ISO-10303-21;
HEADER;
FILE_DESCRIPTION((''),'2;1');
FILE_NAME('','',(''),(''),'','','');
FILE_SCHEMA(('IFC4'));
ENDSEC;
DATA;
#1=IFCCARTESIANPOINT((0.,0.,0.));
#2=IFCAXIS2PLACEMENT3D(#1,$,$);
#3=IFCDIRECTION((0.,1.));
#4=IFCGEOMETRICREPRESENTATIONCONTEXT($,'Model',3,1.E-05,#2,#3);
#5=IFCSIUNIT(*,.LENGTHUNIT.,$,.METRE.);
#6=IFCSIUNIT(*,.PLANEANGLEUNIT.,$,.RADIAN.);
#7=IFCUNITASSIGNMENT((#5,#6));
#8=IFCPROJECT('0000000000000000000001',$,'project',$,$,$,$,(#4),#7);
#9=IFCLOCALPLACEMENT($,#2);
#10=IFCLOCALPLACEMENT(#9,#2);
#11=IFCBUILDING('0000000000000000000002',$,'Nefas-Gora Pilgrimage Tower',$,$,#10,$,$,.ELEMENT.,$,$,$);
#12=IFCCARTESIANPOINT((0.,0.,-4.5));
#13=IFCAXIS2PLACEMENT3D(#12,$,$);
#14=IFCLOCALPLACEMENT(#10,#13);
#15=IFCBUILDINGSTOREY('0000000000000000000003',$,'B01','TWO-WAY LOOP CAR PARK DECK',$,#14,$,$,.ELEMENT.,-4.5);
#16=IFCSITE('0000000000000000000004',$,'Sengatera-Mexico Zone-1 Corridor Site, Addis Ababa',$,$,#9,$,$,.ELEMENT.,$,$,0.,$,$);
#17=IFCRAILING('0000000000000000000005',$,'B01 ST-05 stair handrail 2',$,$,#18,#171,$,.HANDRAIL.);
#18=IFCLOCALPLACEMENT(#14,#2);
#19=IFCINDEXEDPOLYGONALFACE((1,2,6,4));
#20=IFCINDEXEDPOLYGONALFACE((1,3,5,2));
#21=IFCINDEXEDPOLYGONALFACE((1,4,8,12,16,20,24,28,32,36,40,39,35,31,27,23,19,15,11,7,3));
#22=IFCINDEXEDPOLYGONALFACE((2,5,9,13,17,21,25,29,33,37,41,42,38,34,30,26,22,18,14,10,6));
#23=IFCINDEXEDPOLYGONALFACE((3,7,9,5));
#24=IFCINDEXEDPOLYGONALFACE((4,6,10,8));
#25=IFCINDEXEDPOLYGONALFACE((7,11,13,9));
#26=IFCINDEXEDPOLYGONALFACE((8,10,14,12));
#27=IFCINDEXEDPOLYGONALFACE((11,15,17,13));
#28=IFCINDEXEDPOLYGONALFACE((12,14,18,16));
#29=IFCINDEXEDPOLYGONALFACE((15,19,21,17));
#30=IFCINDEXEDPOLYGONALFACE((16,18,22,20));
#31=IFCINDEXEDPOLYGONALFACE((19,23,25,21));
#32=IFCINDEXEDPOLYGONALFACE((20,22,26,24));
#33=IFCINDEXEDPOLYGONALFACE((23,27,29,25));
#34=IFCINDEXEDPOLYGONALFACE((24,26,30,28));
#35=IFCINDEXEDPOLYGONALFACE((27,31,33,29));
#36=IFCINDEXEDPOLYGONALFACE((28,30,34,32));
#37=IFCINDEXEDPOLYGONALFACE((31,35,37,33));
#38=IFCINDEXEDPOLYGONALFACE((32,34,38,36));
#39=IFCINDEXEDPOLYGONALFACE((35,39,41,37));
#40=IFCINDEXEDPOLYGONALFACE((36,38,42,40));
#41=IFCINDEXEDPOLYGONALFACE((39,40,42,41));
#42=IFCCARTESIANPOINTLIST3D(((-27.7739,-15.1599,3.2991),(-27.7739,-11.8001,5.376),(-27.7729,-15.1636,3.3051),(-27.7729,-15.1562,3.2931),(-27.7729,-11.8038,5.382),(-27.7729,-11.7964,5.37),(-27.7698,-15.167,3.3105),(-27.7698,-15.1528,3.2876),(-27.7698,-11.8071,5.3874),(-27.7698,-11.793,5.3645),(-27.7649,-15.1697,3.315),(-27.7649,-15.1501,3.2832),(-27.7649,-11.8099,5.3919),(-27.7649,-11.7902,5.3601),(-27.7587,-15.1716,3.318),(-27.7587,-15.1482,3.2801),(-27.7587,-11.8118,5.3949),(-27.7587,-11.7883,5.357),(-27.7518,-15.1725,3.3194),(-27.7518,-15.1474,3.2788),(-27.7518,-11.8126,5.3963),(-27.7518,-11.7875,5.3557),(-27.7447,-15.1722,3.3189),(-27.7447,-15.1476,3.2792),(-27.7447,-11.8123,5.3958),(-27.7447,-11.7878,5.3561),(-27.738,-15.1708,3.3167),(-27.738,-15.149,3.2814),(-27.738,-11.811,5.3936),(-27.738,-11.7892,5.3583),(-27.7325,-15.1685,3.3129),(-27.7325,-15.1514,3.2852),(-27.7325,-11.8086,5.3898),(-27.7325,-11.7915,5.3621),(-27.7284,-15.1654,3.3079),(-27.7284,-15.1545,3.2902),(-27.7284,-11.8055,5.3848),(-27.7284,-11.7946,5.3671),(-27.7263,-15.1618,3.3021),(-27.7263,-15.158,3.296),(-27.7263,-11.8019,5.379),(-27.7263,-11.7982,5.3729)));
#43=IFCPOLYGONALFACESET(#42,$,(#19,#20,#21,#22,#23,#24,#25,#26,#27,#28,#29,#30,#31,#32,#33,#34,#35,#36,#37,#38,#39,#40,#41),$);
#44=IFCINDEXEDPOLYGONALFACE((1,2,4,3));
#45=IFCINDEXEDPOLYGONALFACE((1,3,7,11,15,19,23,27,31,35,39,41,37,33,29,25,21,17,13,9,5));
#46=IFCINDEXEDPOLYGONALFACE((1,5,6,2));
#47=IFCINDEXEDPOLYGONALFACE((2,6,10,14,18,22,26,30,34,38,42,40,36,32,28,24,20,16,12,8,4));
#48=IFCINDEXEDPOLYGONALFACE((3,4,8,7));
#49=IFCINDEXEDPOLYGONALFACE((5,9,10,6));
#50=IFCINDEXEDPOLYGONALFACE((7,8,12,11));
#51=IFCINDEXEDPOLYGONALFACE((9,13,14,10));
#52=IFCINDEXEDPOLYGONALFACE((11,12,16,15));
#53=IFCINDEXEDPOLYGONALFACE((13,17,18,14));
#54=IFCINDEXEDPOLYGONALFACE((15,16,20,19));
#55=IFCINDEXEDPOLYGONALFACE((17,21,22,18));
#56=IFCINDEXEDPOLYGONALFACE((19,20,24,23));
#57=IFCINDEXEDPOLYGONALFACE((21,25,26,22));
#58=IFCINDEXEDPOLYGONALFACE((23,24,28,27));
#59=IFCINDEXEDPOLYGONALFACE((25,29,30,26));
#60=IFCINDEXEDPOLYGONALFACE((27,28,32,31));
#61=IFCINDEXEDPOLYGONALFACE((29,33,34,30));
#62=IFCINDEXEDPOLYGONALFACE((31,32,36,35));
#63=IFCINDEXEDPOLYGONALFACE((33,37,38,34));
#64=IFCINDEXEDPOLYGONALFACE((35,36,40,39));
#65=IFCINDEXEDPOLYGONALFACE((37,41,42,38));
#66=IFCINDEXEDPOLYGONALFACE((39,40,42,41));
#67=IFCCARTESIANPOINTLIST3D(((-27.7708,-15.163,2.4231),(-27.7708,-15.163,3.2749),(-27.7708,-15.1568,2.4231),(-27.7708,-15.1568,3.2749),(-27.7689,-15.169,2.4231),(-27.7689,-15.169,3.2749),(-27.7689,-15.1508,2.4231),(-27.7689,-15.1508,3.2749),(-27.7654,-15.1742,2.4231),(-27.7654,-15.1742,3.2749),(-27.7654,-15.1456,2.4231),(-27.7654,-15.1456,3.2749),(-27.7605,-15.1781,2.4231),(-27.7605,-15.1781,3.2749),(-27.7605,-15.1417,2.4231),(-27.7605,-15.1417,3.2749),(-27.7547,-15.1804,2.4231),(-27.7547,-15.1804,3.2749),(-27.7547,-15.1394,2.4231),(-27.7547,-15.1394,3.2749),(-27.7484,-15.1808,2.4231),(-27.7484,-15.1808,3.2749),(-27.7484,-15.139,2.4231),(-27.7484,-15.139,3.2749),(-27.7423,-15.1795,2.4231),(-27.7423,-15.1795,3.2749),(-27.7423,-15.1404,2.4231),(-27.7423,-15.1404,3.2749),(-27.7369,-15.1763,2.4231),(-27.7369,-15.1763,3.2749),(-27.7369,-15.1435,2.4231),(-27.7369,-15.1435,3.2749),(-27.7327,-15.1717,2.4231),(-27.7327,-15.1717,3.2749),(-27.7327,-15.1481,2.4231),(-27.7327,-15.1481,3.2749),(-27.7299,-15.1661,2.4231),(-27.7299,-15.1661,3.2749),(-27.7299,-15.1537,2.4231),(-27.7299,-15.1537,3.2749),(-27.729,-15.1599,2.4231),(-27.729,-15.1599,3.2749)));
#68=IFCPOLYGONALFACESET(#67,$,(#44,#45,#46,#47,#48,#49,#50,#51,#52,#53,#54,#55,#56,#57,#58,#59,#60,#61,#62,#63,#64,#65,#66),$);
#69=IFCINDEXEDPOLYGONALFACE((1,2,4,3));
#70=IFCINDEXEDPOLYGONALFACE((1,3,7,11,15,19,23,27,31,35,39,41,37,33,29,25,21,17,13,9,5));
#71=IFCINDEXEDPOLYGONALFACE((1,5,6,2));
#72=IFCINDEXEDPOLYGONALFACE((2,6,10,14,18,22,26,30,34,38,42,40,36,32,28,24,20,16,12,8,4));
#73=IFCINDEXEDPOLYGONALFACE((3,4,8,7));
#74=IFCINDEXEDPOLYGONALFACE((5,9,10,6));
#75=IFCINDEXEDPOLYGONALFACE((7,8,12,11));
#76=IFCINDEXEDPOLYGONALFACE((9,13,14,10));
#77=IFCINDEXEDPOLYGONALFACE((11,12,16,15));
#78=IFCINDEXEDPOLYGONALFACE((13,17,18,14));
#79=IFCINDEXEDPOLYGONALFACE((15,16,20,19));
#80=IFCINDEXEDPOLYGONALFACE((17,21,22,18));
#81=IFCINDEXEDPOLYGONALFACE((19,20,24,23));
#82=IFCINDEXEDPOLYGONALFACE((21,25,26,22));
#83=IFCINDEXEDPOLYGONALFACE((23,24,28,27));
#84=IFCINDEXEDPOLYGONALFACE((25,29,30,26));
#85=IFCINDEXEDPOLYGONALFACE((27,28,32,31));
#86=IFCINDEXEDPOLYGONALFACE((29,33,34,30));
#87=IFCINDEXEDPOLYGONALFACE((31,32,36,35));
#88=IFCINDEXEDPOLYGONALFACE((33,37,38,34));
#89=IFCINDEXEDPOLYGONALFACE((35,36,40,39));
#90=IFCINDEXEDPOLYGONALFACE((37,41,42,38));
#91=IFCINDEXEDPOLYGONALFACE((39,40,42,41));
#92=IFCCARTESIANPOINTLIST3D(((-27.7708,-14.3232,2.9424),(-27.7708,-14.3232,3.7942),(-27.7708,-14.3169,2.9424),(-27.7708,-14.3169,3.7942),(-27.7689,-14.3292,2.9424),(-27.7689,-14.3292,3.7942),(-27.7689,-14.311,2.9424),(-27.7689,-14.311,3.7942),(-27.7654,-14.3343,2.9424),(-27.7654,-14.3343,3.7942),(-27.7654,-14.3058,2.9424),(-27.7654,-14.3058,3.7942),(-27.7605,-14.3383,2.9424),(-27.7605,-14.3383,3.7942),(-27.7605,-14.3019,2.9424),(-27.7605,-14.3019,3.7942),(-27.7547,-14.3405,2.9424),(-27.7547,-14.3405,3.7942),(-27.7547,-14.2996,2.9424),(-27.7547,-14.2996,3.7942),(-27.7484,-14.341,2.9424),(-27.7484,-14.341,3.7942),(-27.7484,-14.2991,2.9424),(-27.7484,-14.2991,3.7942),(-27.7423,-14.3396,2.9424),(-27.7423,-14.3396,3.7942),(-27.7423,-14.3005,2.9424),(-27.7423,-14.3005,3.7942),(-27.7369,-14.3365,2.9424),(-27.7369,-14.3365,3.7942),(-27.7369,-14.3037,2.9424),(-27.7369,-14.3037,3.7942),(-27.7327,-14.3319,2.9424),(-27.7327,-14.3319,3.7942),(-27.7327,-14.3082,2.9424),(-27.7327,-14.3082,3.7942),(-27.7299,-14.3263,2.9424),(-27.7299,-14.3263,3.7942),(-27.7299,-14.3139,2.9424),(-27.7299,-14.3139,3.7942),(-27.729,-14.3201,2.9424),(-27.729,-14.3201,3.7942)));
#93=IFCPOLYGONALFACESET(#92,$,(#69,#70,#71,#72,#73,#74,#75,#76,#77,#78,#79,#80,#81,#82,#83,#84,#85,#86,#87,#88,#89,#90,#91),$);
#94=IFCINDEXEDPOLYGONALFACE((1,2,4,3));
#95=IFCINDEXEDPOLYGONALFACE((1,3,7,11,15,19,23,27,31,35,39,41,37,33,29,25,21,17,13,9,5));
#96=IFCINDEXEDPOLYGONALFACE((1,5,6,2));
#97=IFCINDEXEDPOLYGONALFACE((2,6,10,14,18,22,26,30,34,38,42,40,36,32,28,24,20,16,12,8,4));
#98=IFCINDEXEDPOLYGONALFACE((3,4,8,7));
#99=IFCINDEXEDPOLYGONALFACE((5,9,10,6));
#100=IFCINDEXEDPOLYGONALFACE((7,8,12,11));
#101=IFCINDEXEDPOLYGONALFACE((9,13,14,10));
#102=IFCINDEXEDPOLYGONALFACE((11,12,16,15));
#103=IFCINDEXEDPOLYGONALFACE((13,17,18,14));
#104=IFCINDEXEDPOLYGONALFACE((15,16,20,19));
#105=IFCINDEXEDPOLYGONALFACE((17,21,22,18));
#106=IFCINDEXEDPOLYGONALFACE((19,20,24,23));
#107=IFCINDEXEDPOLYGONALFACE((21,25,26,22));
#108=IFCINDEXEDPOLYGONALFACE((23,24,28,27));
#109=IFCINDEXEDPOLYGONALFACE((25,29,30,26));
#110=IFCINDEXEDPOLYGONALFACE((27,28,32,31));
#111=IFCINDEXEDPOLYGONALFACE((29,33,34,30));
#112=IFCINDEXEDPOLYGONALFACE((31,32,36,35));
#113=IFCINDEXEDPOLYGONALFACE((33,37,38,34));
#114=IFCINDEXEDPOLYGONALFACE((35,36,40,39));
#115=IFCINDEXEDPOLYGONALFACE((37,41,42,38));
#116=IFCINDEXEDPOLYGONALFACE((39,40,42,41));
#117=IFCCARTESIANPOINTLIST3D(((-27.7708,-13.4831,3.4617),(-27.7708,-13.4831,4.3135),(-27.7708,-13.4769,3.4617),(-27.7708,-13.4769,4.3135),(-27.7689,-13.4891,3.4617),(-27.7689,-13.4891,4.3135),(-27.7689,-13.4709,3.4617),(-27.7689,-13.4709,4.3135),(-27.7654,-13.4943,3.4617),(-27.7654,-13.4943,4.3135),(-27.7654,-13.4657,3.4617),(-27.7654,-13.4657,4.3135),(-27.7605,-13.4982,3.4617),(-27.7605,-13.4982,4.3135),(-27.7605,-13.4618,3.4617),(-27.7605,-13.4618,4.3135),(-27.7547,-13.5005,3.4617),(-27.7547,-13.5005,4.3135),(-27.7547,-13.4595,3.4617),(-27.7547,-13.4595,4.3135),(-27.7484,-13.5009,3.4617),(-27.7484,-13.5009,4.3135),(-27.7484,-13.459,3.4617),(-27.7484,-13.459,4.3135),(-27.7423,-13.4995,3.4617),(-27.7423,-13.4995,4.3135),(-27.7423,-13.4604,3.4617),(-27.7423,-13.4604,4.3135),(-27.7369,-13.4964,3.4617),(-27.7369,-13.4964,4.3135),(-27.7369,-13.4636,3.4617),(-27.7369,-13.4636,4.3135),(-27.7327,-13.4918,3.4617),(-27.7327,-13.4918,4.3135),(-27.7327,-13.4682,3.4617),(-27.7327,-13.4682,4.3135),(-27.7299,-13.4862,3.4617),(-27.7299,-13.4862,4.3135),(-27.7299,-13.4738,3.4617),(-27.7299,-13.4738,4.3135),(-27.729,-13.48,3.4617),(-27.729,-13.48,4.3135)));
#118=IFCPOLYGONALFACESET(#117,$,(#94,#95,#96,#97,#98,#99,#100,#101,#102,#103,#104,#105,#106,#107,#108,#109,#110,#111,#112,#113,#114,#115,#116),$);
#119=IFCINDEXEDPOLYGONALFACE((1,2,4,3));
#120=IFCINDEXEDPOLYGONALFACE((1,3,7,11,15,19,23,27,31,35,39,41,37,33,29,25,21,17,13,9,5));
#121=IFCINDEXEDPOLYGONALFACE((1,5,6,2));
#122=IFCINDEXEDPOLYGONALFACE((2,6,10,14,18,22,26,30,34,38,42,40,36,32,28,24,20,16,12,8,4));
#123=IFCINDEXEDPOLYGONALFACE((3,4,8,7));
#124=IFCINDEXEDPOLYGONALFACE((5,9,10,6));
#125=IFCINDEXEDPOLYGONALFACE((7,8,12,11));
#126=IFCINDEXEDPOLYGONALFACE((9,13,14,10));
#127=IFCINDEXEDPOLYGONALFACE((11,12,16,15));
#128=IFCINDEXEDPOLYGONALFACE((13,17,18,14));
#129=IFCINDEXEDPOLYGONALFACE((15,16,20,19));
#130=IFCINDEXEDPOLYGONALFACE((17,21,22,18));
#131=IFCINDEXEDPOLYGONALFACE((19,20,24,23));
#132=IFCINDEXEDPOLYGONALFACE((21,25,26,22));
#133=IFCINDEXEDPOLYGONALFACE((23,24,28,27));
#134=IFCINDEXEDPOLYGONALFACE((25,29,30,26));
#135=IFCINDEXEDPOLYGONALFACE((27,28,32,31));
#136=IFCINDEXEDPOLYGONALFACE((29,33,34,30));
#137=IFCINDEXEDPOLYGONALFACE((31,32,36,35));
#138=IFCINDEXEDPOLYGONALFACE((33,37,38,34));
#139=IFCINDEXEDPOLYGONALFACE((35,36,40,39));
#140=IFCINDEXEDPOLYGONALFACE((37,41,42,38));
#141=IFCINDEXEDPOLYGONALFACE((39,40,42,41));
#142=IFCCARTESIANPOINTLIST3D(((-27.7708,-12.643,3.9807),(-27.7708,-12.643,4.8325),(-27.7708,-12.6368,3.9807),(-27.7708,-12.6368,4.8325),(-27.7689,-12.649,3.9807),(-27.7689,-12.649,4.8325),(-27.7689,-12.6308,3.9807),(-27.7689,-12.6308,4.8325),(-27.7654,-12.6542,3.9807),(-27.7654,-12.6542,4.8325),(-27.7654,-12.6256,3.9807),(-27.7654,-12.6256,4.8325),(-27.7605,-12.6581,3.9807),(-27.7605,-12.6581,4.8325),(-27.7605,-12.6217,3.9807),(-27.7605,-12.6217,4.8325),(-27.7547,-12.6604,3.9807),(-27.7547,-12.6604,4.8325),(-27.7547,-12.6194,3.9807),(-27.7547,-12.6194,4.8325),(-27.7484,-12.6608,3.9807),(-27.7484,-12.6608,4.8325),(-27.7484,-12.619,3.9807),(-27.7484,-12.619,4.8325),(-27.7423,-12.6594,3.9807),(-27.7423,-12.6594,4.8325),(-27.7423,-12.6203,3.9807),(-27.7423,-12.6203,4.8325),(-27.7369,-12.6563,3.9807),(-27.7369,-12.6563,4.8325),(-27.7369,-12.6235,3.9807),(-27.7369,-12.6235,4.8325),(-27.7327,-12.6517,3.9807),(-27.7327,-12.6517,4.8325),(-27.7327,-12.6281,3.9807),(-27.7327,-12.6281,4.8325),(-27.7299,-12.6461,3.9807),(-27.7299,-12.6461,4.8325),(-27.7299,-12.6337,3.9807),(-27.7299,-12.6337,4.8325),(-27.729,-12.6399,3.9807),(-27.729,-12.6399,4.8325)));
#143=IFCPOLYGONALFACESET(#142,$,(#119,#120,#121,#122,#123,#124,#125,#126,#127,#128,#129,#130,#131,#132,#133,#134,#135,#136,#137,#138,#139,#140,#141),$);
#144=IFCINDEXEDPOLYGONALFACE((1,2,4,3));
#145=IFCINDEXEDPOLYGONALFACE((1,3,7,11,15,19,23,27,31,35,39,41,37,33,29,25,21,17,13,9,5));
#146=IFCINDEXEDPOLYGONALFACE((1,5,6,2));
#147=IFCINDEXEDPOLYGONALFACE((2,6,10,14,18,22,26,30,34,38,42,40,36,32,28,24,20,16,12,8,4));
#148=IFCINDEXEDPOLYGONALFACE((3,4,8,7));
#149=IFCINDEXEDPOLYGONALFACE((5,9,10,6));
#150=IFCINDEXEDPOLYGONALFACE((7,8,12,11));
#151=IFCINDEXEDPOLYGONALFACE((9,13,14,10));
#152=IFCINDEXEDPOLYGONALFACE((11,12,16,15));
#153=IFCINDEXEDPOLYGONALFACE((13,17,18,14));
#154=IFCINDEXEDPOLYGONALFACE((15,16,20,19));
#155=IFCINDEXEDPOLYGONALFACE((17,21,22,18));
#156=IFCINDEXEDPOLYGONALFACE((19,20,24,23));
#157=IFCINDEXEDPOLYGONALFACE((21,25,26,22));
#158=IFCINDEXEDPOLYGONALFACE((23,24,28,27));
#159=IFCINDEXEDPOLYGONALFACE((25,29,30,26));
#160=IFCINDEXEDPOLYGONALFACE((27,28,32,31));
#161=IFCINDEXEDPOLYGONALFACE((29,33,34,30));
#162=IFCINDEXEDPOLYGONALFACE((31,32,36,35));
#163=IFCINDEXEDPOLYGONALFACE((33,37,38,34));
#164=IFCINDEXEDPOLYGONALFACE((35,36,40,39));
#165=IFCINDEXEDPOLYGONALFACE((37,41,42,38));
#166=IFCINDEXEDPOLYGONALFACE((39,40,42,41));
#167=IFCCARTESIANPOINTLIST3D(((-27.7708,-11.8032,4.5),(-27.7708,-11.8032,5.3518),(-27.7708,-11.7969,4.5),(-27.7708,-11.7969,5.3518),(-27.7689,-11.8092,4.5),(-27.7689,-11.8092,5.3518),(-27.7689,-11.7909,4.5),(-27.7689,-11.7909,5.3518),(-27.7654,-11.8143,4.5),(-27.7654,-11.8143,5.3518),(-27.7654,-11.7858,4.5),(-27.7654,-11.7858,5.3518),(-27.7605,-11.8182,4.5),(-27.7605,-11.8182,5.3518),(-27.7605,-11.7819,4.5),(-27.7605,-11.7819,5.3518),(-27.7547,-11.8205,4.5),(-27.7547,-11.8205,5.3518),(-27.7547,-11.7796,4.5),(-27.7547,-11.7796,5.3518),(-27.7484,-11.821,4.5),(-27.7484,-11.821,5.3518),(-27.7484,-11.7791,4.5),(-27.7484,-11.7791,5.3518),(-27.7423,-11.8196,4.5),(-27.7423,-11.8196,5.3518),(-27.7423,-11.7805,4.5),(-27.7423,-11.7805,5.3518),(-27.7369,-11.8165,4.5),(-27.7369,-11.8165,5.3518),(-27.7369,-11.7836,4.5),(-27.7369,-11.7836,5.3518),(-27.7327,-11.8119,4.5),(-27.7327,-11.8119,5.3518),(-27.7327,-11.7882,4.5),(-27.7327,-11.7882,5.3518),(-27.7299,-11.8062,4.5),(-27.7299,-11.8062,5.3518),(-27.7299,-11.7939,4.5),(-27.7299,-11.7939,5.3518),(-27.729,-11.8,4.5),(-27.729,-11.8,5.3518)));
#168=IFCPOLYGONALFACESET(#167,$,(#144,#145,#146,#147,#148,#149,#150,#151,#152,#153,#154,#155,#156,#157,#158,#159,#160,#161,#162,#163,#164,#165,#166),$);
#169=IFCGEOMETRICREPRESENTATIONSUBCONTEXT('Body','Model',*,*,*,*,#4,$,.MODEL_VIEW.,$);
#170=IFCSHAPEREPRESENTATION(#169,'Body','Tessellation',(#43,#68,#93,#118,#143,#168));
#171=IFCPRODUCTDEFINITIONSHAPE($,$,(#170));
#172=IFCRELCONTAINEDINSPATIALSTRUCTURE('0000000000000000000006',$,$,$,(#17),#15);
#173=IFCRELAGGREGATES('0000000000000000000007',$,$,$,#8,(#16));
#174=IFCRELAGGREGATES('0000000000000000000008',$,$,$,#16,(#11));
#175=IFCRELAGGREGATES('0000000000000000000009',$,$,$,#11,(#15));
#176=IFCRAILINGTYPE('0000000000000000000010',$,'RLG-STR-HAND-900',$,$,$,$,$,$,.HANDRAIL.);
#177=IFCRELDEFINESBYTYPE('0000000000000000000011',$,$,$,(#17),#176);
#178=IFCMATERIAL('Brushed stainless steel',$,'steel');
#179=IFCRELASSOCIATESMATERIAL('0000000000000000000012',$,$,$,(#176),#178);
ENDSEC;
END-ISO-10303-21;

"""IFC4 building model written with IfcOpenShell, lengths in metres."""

from ifc_helpers import new_model, si_unit, direction, frame, origin, origin_2d, place, context, subcontext, project, spatial, circle, extrude, material, type_object, element, save


model = new_model("IFC4")

# Units and contexts
model_context = context("Model", 3, precision=1e-05, world=origin(), true_north=direction((0.0, 1.0)))
body_context = subcontext(model_context, "Body", "Model", "MODEL_VIEW")
ifc_project = project(units=[si_unit("LENGTHUNIT", "METRE"), si_unit("PLANEANGLEUNIT", "RADIAN")], contexts=[model_context])

# Site, building, storey
site_placement = place(None, origin())
site = spatial("IfcSite", under=ifc_project, at=site_placement, Name="Sengatera-Mexico Zone-1 Corridor Site, Addis Ababa", CompositionType="ELEMENT", RefElevation=0.0)
building_placement = place(site_placement, origin())
building = spatial("IfcBuilding", under=site, at=building_placement, Name="Nefas-Gora Pilgrimage Tower", CompositionType="ELEMENT")
storey_placement = place(building_placement, frame((0.0, 0.0, -4.5)))
storey = spatial("IfcBuildingStorey", under=building, at=storey_placement, Name="B01", Description="TWO-WAY LOOP CAR PARK DECK", CompositionType="ELEMENT", Elevation=-4.5)

# Railing
ifc_material_1 = material(Name="Brushed stainless steel", Category="steel")
railing_type_1 = type_object("IfcRailingType", Name="RLG-STR-HAND-900", PredefinedType="HANDRAIL", material=ifc_material_1)
railing_1_placement = place(storey_placement, frame((-27.75, -15.1599, 2.4231)))
element("IfcRailing", 1, at=railing_1_placement, inside=storey, type_object=railing_type_1, Name="B01 ST-05 stair handrail 2", PredefinedType="HANDRAIL", context=body_context, shape_type="SweptSolid", body=[
    extrude(circle(Radius=0.0239, at=origin_2d()), frame((0.0, 0.0, 0.876), z_axis=(0.0, 0.850606, 0.525803), x_axis=(-1.0, 0.0, 0.0)), (0.0, 0.0, 1.0), 3.95),
    extrude(circle(Radius=0.021, at=origin_2d()), origin(), (0.0, 0.0, 1.0), 0.8518),
    extrude(circle(Radius=0.021, at=origin_2d()), frame((0.0, 0.8398, 0.5193)), (0.0, 0.0, 1.0), 0.8518),
    extrude(circle(Radius=0.021, at=origin_2d()), frame((0.0, 1.6799, 1.0386)), (0.0, 0.0, 1.0), 0.8518),
    extrude(circle(Radius=0.021, at=origin_2d()), frame((0.0, 2.52, 1.5576)), (0.0, 0.0, 1.0), 0.8518),
    extrude(circle(Radius=0.021, at=origin_2d()), frame((0.0, 3.3599, 2.0769)), (0.0, 0.0, 1.0), 0.8518),
])

save(model, "model.ifc")
